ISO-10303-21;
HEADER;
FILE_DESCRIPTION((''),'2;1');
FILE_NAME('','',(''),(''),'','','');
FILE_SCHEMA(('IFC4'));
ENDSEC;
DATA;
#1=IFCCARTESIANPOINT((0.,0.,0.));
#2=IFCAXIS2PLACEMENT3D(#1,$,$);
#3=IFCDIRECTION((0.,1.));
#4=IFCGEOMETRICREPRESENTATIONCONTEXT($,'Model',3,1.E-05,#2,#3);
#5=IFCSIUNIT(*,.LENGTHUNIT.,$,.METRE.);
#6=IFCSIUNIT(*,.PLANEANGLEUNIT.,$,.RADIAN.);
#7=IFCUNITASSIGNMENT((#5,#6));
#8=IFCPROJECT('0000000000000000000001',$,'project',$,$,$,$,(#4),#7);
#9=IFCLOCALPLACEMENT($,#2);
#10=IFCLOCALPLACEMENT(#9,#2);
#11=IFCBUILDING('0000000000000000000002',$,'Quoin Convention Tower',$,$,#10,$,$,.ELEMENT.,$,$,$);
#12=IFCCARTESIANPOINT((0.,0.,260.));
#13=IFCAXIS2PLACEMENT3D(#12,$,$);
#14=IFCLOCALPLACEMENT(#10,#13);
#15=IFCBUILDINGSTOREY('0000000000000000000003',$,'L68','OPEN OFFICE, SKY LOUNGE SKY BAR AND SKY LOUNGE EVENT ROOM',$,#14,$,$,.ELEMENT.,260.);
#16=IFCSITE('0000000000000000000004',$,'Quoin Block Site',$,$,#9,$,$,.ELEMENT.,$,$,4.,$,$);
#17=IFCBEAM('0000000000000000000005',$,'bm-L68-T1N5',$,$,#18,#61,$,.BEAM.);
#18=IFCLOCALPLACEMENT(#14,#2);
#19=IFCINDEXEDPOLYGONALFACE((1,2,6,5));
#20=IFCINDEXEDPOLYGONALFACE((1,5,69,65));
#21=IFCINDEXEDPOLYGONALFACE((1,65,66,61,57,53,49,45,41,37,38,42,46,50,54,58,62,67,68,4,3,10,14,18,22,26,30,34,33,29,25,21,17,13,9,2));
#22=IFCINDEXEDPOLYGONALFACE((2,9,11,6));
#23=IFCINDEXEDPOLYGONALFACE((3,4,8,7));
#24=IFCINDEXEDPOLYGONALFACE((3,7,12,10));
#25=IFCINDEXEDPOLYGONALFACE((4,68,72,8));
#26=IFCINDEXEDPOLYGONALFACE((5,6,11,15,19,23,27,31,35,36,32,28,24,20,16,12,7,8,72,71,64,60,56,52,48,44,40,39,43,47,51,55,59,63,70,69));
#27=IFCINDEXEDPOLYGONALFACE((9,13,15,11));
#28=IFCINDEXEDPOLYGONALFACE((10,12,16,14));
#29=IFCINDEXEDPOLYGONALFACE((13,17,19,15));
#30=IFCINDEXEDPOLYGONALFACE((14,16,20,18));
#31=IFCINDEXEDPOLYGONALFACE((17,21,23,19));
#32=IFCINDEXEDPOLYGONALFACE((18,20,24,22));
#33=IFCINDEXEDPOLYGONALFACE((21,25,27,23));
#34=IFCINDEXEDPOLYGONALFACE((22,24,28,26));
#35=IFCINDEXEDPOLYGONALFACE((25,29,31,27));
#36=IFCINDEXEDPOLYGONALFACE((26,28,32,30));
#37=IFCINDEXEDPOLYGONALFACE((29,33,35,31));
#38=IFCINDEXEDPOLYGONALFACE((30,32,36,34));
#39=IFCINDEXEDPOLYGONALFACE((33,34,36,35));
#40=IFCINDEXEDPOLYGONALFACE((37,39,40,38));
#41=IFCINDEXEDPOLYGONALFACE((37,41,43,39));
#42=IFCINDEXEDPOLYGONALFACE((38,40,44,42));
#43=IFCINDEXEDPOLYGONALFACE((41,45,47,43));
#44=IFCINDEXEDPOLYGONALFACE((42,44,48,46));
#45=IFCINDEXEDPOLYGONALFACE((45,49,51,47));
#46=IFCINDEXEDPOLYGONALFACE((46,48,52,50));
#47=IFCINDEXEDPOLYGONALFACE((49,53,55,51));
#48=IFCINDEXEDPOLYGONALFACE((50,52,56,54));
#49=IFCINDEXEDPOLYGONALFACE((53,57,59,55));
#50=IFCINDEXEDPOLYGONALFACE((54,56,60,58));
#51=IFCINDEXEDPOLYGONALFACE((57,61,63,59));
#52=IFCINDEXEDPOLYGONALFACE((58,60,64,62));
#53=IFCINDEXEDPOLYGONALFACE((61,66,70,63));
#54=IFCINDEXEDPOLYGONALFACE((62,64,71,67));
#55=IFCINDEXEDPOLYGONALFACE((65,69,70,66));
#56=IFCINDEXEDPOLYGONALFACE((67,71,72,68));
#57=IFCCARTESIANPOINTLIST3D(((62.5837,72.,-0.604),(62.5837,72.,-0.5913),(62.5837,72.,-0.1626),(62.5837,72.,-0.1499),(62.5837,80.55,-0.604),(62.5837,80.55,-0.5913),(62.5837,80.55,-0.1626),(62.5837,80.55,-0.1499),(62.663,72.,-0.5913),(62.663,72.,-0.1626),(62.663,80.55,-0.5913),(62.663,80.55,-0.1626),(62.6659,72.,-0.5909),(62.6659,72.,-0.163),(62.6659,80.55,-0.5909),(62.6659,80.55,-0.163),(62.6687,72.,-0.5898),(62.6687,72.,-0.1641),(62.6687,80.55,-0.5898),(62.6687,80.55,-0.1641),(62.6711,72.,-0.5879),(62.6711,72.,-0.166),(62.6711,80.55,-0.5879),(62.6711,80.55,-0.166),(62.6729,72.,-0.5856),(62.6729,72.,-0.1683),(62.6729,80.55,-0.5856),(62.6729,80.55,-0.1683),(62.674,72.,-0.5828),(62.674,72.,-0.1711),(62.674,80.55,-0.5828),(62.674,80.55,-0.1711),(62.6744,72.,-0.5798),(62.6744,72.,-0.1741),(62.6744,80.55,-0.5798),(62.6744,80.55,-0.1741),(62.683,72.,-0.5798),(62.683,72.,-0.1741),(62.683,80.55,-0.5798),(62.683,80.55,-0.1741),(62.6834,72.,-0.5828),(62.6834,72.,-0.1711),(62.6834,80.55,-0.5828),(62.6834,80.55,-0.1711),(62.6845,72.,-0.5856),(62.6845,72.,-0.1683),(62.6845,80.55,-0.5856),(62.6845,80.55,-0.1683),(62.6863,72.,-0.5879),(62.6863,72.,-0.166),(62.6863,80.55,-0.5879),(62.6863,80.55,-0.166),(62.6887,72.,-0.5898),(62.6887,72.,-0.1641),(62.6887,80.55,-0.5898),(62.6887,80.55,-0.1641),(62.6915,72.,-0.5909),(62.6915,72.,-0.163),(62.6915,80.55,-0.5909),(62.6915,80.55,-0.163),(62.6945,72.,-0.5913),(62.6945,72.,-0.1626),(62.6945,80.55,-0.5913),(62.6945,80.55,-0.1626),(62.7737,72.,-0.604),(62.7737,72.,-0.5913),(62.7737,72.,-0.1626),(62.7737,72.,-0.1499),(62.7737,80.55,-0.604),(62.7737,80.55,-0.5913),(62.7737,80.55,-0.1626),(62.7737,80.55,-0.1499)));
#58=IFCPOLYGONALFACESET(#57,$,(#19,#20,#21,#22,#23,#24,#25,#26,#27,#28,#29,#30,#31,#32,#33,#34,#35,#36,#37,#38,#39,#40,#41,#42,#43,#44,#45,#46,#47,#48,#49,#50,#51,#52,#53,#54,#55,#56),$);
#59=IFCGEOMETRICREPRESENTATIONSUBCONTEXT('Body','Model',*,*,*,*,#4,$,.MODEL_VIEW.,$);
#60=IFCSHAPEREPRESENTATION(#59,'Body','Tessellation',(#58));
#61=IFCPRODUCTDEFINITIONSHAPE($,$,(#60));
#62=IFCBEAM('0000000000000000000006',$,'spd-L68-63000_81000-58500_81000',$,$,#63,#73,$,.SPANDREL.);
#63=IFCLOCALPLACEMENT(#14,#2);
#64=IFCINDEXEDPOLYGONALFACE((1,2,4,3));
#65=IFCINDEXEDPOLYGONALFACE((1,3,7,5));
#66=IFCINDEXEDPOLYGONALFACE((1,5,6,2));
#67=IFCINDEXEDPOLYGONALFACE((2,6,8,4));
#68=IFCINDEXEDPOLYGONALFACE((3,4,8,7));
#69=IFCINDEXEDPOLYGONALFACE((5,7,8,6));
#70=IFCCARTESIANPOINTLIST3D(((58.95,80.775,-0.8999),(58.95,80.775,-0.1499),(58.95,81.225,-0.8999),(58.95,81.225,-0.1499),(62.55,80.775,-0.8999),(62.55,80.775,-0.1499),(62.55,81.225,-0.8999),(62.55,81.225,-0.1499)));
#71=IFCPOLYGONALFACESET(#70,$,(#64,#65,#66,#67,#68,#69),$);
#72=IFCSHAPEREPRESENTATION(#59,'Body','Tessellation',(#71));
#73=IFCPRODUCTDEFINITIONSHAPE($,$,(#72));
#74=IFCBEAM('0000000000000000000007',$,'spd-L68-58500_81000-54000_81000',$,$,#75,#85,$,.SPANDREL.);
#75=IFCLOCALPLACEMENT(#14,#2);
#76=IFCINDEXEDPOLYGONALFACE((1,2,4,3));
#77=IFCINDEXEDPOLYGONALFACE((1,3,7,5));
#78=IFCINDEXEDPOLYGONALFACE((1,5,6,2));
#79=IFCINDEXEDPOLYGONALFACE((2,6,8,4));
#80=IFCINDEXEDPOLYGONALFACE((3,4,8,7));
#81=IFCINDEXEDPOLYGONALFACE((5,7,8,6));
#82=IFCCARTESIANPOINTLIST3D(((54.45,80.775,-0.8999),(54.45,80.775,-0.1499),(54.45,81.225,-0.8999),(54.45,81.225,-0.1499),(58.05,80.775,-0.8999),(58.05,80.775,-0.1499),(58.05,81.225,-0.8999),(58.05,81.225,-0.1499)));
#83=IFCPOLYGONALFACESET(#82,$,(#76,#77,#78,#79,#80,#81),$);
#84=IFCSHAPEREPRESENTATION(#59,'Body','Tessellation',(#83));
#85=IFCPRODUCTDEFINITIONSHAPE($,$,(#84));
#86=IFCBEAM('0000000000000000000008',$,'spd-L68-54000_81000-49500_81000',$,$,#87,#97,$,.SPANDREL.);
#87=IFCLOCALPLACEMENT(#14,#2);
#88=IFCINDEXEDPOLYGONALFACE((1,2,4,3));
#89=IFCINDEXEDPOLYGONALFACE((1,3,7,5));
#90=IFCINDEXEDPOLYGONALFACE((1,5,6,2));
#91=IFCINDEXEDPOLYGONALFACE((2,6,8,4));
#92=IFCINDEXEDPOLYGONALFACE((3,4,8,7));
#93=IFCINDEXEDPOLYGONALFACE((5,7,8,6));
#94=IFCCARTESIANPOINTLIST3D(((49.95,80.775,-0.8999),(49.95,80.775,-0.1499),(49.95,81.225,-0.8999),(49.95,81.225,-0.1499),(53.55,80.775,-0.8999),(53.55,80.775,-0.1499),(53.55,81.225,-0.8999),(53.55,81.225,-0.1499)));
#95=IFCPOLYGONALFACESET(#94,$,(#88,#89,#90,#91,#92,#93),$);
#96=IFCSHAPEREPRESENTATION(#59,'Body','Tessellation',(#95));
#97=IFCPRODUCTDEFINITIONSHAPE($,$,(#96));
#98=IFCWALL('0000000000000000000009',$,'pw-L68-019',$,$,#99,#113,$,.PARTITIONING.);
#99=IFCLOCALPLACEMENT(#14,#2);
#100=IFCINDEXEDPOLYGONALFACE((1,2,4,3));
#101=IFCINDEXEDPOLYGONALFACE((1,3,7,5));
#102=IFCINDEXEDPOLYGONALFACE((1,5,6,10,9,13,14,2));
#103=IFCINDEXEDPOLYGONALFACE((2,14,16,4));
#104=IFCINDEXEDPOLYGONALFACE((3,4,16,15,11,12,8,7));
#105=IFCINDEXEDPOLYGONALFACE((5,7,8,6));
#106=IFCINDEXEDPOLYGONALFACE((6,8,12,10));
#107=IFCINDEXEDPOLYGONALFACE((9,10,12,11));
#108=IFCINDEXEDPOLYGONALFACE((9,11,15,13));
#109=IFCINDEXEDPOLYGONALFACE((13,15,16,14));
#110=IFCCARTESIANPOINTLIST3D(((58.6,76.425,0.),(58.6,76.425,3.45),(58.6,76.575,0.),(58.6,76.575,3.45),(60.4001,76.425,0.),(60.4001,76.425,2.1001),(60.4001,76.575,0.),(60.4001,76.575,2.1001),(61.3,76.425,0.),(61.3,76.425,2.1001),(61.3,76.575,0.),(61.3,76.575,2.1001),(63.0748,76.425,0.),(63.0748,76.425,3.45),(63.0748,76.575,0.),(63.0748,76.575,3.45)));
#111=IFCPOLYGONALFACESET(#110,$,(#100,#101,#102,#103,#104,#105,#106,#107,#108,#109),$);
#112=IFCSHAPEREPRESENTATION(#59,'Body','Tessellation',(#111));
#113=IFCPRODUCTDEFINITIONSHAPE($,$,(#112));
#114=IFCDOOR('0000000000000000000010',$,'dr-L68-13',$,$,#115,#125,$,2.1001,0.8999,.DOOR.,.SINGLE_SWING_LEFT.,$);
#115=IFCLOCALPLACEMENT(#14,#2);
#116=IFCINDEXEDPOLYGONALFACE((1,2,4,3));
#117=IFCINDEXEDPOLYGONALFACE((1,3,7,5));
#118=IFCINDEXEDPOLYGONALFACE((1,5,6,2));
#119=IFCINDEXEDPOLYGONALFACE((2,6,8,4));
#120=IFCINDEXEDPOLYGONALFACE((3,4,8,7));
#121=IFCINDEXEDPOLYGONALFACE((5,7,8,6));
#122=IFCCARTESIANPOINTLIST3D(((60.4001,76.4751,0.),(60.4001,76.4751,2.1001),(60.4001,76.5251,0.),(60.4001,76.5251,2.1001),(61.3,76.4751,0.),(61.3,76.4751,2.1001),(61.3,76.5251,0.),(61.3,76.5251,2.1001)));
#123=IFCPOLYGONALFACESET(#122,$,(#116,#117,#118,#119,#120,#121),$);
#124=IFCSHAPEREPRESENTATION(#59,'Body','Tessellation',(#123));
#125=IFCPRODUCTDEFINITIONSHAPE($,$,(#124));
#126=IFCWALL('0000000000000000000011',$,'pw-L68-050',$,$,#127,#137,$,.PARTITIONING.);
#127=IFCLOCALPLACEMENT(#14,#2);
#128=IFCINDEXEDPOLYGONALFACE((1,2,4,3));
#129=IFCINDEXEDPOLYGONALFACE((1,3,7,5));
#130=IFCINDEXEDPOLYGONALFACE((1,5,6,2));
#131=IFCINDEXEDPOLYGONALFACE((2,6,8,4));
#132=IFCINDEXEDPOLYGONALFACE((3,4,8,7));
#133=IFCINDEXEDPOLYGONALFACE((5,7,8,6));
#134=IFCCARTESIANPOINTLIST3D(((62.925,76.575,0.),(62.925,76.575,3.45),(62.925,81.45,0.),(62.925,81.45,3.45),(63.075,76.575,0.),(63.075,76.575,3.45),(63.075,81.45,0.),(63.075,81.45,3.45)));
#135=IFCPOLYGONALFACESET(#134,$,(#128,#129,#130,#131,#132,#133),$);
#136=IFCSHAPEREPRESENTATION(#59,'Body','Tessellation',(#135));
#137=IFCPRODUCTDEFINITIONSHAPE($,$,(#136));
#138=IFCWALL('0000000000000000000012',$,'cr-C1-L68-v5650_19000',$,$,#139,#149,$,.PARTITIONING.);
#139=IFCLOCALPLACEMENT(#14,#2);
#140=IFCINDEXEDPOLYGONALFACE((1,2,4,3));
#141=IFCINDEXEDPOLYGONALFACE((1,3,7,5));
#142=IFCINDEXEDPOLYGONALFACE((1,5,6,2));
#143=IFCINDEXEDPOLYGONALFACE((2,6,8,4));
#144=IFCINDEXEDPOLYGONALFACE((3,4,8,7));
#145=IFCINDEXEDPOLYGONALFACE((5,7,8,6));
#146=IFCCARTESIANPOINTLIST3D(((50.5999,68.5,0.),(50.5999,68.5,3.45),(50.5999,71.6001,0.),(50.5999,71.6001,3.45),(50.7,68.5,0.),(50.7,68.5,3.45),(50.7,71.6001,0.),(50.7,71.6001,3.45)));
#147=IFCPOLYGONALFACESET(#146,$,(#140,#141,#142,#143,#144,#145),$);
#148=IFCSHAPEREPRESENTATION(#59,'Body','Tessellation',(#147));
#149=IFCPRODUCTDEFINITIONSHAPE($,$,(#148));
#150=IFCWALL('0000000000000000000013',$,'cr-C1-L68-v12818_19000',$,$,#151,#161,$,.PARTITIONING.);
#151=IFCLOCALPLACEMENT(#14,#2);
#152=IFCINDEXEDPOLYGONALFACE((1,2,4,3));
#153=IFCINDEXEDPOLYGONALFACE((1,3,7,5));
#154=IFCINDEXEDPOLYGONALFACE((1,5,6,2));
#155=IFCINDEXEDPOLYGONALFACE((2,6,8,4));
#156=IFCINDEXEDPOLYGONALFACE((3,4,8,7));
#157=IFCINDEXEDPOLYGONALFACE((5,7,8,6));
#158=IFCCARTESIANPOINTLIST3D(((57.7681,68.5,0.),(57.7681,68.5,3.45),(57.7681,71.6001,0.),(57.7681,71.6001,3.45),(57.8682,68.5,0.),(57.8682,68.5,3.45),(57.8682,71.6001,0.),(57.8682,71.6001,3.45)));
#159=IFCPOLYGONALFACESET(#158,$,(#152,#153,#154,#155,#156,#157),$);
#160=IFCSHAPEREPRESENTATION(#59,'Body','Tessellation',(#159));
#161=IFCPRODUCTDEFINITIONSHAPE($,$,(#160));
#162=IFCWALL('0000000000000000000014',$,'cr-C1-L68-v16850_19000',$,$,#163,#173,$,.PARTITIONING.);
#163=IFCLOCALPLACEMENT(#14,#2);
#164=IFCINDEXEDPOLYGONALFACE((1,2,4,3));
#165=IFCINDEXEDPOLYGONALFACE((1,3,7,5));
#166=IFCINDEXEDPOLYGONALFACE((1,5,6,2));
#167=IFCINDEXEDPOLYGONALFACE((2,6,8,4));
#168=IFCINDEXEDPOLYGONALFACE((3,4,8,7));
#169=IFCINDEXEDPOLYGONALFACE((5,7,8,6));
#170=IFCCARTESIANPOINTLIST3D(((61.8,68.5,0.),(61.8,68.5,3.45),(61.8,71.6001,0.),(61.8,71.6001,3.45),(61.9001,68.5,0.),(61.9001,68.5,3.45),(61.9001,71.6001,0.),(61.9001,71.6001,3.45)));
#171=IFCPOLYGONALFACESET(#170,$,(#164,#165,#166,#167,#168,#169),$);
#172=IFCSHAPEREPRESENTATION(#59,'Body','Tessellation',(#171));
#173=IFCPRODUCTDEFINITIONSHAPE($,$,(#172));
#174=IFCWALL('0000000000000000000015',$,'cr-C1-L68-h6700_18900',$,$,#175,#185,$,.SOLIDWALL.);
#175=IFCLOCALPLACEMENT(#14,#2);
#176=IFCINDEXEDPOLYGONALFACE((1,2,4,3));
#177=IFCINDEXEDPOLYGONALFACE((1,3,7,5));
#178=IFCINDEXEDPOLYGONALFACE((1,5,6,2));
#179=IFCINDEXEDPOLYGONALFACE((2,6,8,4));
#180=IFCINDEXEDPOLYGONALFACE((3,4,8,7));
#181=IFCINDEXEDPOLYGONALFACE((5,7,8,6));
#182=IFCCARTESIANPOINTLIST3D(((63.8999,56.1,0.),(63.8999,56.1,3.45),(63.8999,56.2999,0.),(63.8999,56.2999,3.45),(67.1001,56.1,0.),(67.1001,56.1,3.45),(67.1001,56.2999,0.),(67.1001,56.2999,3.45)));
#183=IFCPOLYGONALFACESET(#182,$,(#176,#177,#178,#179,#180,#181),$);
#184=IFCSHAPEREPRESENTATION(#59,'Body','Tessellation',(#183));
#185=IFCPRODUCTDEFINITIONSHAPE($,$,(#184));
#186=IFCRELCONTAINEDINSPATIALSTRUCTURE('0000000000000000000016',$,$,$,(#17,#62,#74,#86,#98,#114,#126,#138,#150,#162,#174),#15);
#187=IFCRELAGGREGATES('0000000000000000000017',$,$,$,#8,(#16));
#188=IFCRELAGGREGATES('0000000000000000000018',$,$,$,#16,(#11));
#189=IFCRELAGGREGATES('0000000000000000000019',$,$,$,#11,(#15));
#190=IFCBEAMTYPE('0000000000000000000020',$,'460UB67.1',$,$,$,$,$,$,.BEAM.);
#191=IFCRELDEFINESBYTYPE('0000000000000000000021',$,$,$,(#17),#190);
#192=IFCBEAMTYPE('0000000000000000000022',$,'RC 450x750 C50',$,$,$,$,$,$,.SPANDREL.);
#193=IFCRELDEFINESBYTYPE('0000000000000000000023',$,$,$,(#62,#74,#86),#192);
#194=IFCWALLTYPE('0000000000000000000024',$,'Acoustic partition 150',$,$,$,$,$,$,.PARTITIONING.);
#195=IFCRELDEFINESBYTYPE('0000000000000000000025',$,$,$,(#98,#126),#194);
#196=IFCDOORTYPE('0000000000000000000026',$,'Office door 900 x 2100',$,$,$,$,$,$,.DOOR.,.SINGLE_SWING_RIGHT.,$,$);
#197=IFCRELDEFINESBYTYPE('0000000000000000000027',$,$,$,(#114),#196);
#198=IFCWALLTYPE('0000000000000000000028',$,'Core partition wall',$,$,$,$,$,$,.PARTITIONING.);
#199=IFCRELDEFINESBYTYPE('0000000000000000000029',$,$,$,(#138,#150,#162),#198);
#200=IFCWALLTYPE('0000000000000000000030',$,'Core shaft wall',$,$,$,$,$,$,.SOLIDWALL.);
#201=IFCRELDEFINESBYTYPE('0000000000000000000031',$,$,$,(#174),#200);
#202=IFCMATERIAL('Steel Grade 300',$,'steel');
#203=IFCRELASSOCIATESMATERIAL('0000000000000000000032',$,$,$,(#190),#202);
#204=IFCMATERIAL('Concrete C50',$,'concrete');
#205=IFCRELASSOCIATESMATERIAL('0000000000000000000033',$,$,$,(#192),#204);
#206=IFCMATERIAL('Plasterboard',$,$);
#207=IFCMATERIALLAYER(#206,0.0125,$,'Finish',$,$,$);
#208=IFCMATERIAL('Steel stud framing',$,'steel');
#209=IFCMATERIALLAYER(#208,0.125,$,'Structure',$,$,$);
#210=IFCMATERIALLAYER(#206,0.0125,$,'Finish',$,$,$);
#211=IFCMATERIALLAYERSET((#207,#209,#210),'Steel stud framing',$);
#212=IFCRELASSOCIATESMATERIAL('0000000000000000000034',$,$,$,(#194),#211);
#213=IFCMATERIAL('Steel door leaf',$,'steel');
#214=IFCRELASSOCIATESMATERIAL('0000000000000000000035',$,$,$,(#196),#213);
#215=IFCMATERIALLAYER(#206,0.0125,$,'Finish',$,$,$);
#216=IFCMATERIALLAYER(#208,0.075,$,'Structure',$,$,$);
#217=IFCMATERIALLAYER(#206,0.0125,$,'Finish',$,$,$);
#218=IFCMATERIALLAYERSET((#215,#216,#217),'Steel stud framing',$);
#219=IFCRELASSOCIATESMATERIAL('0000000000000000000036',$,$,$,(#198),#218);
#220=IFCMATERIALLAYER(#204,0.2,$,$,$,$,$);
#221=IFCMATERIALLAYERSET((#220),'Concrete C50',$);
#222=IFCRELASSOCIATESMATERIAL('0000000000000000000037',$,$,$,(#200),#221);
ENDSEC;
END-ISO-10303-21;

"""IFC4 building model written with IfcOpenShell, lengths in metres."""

from ifc_helpers import new_model, si_unit, direction, frame, frame_2d, origin, origin_2d, place, context, subcontext, project, spatial, rectangle, i_section, extrude, material, layer, layer_set, material_profile, profile_set, type_object, element, fill, save


model = new_model("IFC4")

# Units and contexts
model_context = context("Model", 3, precision=1e-05, world=origin(), true_north=direction((0.0, 1.0)))
body_context = subcontext(model_context, "Body", "Model", "MODEL_VIEW")
ifc_project = project(units=[si_unit("LENGTHUNIT", "METRE"), si_unit("PLANEANGLEUNIT", "RADIAN")], contexts=[model_context])

# Site, building, storey
site_placement = place(None, origin())
site = spatial("IfcSite", under=ifc_project, at=site_placement, Name="Quoin Block Site", CompositionType="ELEMENT", RefElevation=4.0)
building_placement = place(site_placement, origin())
building = spatial("IfcBuilding", under=site, at=building_placement, Name="Quoin Convention Tower", CompositionType="ELEMENT")
storey_placement = place(building_placement, frame((0.0, 0.0, 260.0)))
storey = spatial("IfcBuildingStorey", under=building, at=storey_placement, Name="L68", Description="OPEN OFFICE, SKY LOUNGE SKY BAR AND SKY LOUNGE EVENT ROOM", CompositionType="ELEMENT", Elevation=260.0)

# Shared definitions
ifc_material_1 = material(Name="Concrete C50", Category="concrete")

# Beams
ifc_material_2 = material(Name="Steel Grade 300", Category="steel")
ifc_material_profile_1 = material_profile(ifc_material_2, i_section(OverallWidth=0.1899, OverallDepth=0.4541, WebThickness=0.0085, FlangeThickness=0.0127, FilletRadius=0.0115, at=origin_2d()), Name="460UB67.1")
ifc_profile_set_1 = profile_set([ifc_material_profile_1], Name="Steel Grade 300")
beam_type_1 = type_object("IfcBeamType", Name="460UB67.1", PredefinedType="BEAM", material=ifc_profile_set_1)
beam_placement = place(storey_placement, frame((62.6787, 72.0, -0.377), z_axis=(0.0, 1.0, 0.0), x_axis=(-1.0, 0.0, 0.0)))
element("IfcBeam", 1, at=beam_placement, inside=storey, type_object=beam_type_1, Name="bm-L68-T1N5", PredefinedType="BEAM", context=body_context, shape_type="SweptSolid", body=[
    extrude(i_section(OverallWidth=0.1899, OverallDepth=0.4541, WebThickness=0.0085, FlangeThickness=0.0127, FilletRadius=0.0115, at=origin_2d()), origin(), (0.0, 0.0, 1.0), 8.55),
])
ifc_material_profile_2 = material_profile(ifc_material_1, rectangle(XDim=0.45, YDim=0.75, at=origin_2d()), Name="RC 450x750")
ifc_profile_set_2 = profile_set([ifc_material_profile_2], Name="Concrete C50")
beam_type_2 = type_object("IfcBeamType", Name="RC 450x750 C50", PredefinedType="SPANDREL", material=ifc_profile_set_2)
for number, where, z_axis, x_axis, name in (
    (2, (62.55, 81.0, -0.5249), (-1.0, 0.0, 0.0), (0.0, -1.0, 0.0), "spd-L68-63000_81000-58500_81000"),
    (3, (58.05, 81.0, -0.5249), (-1.0, 0.0, 0.0), (0.0, -1.0, 0.0), "spd-L68-58500_81000-54000_81000"),
    (4, (53.55, 81.0, -0.5249), (-1.0, 0.0, 0.0), (0.0, -1.0, 0.0), "spd-L68-54000_81000-49500_81000"),
):
    element("IfcBeam", number, at=place(storey_placement, frame(where, z_axis=z_axis, x_axis=x_axis)), inside=storey, type_object=beam_type_2, Name=name, PredefinedType="SPANDREL", context=body_context, shape_type="SweptSolid", body=[
        extrude(rectangle(XDim=0.45, YDim=0.75, at=origin_2d()), origin(), (0.0, 0.0, 1.0), 3.6001),
    ])

# Wall, opening, door
ifc_material_3 = material(Name="Plasterboard")
ifc_layer_1 = layer(ifc_material_3, 0.0125, Name="Finish")
ifc_material_4 = material(Name="Steel stud framing", Category="steel")
ifc_layer_2 = layer(ifc_material_4, 0.125, Name="Structure")
ifc_layer_3 = layer(ifc_material_3, 0.0125, Name="Finish")
ifc_layer_set_1 = layer_set([ifc_layer_1, ifc_layer_2, ifc_layer_3], Name="Steel stud framing")
wall_type_1 = type_object("IfcWallType", Name="Acoustic partition 150", PredefinedType="PARTITIONING", material=ifc_layer_set_1)
wall_1_placement = place(storey_placement, frame((58.6001, 76.5, 0.0), z_axis=(0.0, 0.0, 1.0), x_axis=(1.0, 0.0, 0.0)))
wall_1 = element("IfcWall", 5, at=wall_1_placement, inside=storey, type_object=wall_type_1, Name="pw-L68-019", PredefinedType="PARTITIONING", context=body_context, shape_type="SweptSolid", body=[
    extrude(rectangle(XDim=4.4749, YDim=0.1499, at=frame_2d((2.2373, 0.0))), origin(), (0.0, 0.0, 1.0), 3.45),
])
opening_1_placement = place(wall_1_placement, frame((1.8, 0.0, 0.0)))
opening_1 = element("IfcOpeningElement", 6, at=opening_1_placement, cuts=wall_1, PredefinedType="OPENING", context=body_context, shape_type="SweptSolid", body=[
    extrude(rectangle(XDim=0.8999, YDim=2.1001, at=frame_2d((0.45, 1.05))), frame((0.0, 0.085, 0.0), z_axis=(0.0, -1.0, 0.0), x_axis=(1.0, 0.0, 0.0)), (0.0, 0.0, 1.0), 0.1699),
])
ifc_material_5 = material(Name="Steel door leaf", Category="steel")
door_type_1 = type_object("IfcDoorType", Name="Office door 900 x 2100", OperationType="SINGLE_SWING_RIGHT", PredefinedType="DOOR", material=ifc_material_5)
door_1_placement = place(opening_1_placement, frame((0.8999, 0.0, 0.0), z_axis=(0.0, 0.0, 1.0), x_axis=(-1.0, 0.0, 0.0)))
door_1 = element("IfcDoor", 7, at=door_1_placement, inside=storey, type_object=door_type_1, Name="dr-L68-13", OperationType="SINGLE_SWING_LEFT", OverallHeight=2.1001, OverallWidth=0.8999, PredefinedType="DOOR", context=body_context, shape_type="SweptSolid", body=[
    extrude(rectangle(XDim=0.8999, YDim=2.1001, at=frame_2d((0.45, 1.05))), frame((0.0, 0.0249, 0.0), z_axis=(0.0, -1.0, 0.0), x_axis=(1.0, 0.0, 0.0)), (0.0, 0.0, 1.0), 0.05),
])
fill(opening_1, door_1)

# Walls
wall_2_placement = place(storey_placement, frame((63.0, 76.575, 0.0), z_axis=(0.0, 0.0, 1.0), x_axis=(0.0, 1.0, 0.0)))
element("IfcWall", 8, at=wall_2_placement, inside=storey, type_object=wall_type_1, Name="pw-L68-050", PredefinedType="PARTITIONING", context=body_context, shape_type="SweptSolid", body=[
    extrude(rectangle(XDim=4.875, YDim=0.1499, at=frame_2d((2.4375, 0.0))), origin(), (0.0, 0.0, 1.0), 3.45),
])
ifc_layer_4 = layer(ifc_material_3, 0.0125, Name="Finish")
ifc_layer_5 = layer(ifc_material_4, 0.075, Name="Structure")
ifc_layer_6 = layer(ifc_material_3, 0.0125, Name="Finish")
ifc_layer_set_2 = layer_set([ifc_layer_4, ifc_layer_5, ifc_layer_6], Name="Steel stud framing")
wall_type_2 = type_object("IfcWallType", Name="Core partition wall", PredefinedType="PARTITIONING", material=ifc_layer_set_2)
for number, where, z_axis, x_axis, name in (
    (9, (50.6499, 68.5, 0.0), (0.0, 0.0, 1.0), (0.0, 1.0, 0.0), "cr-C1-L68-v5650_19000"),
    (10, (57.8181, 68.5, 0.0), (0.0, 0.0, 1.0), (0.0, 1.0, 0.0), "cr-C1-L68-v12818_19000"),
    (11, (61.8501, 68.5, 0.0), (0.0, 0.0, 1.0), (0.0, 1.0, 0.0), "cr-C1-L68-v16850_19000"),
):
    element("IfcWall", number, at=place(storey_placement, frame(where, z_axis=z_axis, x_axis=x_axis)), inside=storey, type_object=wall_type_2, Name=name, PredefinedType="PARTITIONING", context=body_context, shape_type="SweptSolid", body=[
        extrude(rectangle(XDim=3.1001, YDim=0.1001, at=frame_2d((1.55, 0.0))), origin(), (0.0, 0.0, 1.0), 3.45),
    ])
ifc_layer_7 = layer(ifc_material_1, 0.2)
ifc_layer_set_3 = layer_set([ifc_layer_7], Name="Concrete C50")
wall_type_3 = type_object("IfcWallType", Name="Core shaft wall", PredefinedType="SOLIDWALL", material=ifc_layer_set_3)
wall_3_placement = place(storey_placement, frame((63.8999, 56.2, 0.0), z_axis=(0.0, 0.0, 1.0), x_axis=(1.0, 0.0, 0.0)))
element("IfcWall", 12, at=wall_3_placement, inside=storey, type_object=wall_type_3, Name="cr-C1-L68-h6700_18900", PredefinedType="SOLIDWALL", context=body_context, shape_type="SweptSolid", body=[
    extrude(rectangle(XDim=3.2002, YDim=0.2, at=frame_2d((1.6001, 0.0))), origin(), (0.0, 0.0, 1.0), 3.45),
])

save(model, "model.ifc")
